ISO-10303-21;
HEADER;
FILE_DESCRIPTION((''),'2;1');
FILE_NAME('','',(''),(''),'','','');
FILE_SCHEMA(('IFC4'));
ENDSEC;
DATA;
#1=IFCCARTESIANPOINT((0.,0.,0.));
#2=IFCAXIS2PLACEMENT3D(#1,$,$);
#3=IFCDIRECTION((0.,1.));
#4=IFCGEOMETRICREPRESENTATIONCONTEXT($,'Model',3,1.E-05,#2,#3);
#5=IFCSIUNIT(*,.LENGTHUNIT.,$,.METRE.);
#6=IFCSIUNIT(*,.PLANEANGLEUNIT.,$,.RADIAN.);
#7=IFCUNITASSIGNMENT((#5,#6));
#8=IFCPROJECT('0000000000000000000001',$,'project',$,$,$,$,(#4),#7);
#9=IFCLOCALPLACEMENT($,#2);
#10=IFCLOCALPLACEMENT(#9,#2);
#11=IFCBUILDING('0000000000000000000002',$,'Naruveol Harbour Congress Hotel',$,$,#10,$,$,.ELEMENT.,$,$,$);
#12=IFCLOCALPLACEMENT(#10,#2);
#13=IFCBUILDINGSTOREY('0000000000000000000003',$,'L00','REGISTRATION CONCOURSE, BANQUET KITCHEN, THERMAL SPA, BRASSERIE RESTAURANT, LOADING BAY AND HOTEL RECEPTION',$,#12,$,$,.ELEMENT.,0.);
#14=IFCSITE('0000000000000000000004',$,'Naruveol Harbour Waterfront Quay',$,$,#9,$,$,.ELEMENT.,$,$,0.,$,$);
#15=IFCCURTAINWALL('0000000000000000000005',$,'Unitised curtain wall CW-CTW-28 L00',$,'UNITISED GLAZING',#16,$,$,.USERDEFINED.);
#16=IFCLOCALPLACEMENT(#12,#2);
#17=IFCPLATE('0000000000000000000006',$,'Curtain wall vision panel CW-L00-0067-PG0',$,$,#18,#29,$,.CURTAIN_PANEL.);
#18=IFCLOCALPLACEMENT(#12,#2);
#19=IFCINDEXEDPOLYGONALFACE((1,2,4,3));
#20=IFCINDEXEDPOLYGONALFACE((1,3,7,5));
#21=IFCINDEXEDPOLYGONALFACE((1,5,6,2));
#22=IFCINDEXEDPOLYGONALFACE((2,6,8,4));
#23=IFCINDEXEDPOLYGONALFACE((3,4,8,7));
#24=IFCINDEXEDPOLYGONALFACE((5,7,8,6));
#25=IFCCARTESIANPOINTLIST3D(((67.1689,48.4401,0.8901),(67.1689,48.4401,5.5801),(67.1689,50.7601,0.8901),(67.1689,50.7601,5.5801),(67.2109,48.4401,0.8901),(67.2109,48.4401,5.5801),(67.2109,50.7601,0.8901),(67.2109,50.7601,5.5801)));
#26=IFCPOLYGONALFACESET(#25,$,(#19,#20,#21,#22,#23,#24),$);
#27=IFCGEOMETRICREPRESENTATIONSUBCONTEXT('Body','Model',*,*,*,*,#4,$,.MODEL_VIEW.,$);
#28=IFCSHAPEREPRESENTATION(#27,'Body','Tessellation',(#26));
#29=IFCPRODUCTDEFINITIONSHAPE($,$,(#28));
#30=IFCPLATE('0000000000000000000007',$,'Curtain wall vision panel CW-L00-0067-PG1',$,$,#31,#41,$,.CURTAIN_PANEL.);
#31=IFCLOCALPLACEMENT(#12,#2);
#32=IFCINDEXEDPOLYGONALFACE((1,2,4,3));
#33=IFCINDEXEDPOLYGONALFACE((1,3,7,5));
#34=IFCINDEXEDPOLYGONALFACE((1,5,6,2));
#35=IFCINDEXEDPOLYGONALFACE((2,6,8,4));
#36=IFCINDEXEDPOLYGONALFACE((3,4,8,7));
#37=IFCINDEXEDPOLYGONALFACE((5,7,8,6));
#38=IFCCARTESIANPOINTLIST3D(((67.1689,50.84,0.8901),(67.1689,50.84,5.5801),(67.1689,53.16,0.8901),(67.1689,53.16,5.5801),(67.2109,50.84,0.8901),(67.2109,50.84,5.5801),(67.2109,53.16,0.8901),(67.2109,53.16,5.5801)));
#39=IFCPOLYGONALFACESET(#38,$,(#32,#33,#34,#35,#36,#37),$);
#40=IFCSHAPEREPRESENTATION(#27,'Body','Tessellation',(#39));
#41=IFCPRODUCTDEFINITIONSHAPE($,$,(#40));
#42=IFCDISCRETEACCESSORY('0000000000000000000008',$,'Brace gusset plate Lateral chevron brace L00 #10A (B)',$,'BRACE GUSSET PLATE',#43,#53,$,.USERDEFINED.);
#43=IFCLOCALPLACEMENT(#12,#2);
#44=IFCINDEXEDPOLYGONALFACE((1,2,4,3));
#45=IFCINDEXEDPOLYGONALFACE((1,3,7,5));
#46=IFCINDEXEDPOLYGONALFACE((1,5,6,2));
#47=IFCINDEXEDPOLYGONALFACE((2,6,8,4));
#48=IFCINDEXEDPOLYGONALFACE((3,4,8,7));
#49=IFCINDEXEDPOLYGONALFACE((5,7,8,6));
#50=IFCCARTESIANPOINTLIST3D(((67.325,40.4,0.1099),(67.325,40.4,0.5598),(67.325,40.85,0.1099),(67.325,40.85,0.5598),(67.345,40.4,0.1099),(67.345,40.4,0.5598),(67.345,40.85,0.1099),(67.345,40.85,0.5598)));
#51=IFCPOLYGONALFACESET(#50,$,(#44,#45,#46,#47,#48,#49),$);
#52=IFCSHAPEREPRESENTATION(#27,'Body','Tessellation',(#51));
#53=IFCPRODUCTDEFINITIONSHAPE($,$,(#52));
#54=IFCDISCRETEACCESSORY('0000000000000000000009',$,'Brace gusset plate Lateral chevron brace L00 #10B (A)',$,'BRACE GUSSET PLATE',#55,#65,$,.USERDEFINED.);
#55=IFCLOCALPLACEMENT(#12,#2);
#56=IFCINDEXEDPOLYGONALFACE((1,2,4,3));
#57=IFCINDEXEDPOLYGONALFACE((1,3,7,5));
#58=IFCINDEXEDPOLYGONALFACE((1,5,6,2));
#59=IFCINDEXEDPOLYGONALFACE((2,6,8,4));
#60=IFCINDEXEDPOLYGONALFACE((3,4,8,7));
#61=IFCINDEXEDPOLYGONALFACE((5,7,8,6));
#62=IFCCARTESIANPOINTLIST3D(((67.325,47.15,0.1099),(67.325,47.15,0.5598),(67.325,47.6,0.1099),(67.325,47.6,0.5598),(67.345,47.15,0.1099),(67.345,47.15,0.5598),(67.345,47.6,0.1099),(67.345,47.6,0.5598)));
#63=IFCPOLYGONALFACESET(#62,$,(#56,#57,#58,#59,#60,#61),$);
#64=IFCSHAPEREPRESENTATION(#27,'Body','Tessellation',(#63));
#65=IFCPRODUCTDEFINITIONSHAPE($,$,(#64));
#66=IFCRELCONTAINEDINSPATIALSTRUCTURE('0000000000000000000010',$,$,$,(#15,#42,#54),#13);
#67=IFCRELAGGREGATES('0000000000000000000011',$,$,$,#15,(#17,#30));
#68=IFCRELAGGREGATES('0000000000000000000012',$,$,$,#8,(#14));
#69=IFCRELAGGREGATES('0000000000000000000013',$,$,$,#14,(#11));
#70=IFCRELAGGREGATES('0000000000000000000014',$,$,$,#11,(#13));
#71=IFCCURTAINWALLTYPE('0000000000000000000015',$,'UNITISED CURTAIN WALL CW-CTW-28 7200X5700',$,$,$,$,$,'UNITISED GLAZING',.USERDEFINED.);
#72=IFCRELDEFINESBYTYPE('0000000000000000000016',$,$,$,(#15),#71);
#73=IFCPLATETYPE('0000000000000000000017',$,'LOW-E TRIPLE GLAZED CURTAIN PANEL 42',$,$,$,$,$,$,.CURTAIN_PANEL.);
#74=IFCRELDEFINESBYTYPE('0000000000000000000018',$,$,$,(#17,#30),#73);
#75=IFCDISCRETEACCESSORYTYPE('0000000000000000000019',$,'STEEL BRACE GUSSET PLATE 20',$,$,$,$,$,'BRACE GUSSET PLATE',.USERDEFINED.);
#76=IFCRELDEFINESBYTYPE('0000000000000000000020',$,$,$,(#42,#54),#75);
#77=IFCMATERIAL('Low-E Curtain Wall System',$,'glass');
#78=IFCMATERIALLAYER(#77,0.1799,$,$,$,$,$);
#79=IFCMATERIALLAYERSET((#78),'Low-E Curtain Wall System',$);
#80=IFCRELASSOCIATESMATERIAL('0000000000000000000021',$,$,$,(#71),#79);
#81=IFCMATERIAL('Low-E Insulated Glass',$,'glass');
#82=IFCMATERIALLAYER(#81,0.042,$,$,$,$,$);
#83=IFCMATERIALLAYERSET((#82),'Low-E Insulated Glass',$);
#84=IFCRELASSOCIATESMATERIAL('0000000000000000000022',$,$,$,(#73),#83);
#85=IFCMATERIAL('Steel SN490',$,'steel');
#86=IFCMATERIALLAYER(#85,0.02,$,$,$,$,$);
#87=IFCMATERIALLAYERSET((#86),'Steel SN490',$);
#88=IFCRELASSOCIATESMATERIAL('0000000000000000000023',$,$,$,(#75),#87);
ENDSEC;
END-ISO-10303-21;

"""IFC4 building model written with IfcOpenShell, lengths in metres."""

from ifc_helpers import new_model, si_unit, direction, frame, origin, origin_2d, place, context, subcontext, project, spatial, rectangle, extrude, material, layer, layer_set, type_object, element, aggregate, save


model = new_model("IFC4")

# Units and contexts
model_context = context("Model", 3, precision=1e-05, world=origin(), true_north=direction((0.0, 1.0)))
body_context = subcontext(model_context, "Body", "Model", "MODEL_VIEW")
ifc_project = project(units=[si_unit("LENGTHUNIT", "METRE"), si_unit("PLANEANGLEUNIT", "RADIAN")], contexts=[model_context])

# Site, building, storey
site_placement = place(None, origin())
site = spatial("IfcSite", under=ifc_project, at=site_placement, Name="Naruveol Harbour Waterfront Quay", CompositionType="ELEMENT", RefElevation=0.0)
building_placement = place(site_placement, origin())
building = spatial("IfcBuilding", under=site, at=building_placement, Name="Naruveol Harbour Congress Hotel", CompositionType="ELEMENT")
storey_placement = place(building_placement, origin())
storey = spatial("IfcBuildingStorey", under=building, at=storey_placement, Name="L00", Description="REGISTRATION CONCOURSE, BANQUET KITCHEN, THERMAL SPA, BRASSERIE RESTAURANT, LOADING BAY AND HOTEL RECEPTION", CompositionType="ELEMENT", Elevation=0.0)

# Curtain wall
ifc_material_1 = material(Name="Low-E Curtain Wall System", Category="glass")
ifc_layer_1 = layer(ifc_material_1, 0.1799)
ifc_layer_set_1 = layer_set([ifc_layer_1], Name="Low-E Curtain Wall System")
curtain_wall_type = type_object("IfcCurtainWallType", Name="UNITISED CURTAIN WALL CW-CTW-28 7200X5700", ElementType="UNITISED GLAZING", PredefinedType="USERDEFINED", material=ifc_layer_set_1)
curtain_wall_1_placement = place(storey_placement, origin())
curtain_wall_1 = element("IfcCurtainWall", 1, at=curtain_wall_1_placement, inside=storey, type_object=curtain_wall_type, Name="Unitised curtain wall CW-CTW-28 L00", ObjectType="UNITISED GLAZING", PredefinedType="USERDEFINED")

# Plates
ifc_material_2 = material(Name="Low-E Insulated Glass", Category="glass")
ifc_layer_2 = layer(ifc_material_2, 0.042)
ifc_layer_set_2 = layer_set([ifc_layer_2], Name="Low-E Insulated Glass")
plate_type_1 = type_object("IfcPlateType", Name="LOW-E TRIPLE GLAZED CURTAIN PANEL 42", PredefinedType="CURTAIN_PANEL", material=ifc_layer_set_2)
plate_1_placement = place(storey_placement, frame((67.1899, 49.6001, 0.8901), z_axis=(0.0, 0.0, 1.0), x_axis=(0.0, 1.0, 0.0)))
plate_1 = element("IfcPlate", 2, at=plate_1_placement, type_object=plate_type_1, Name="Curtain wall vision panel CW-L00-0067-PG0", PredefinedType="CURTAIN_PANEL", context=body_context, shape_type="SweptSolid", body=[
    extrude(rectangle(XDim=2.3201, YDim=0.042, at=origin_2d()), origin(), (0.0, 0.0, 1.0), 4.6899),
])
plate_2_placement = place(storey_placement, frame((67.1899, 52.0, 0.8901), z_axis=(0.0, 0.0, 1.0), x_axis=(0.0, 1.0, 0.0)))
plate_2 = element("IfcPlate", 3, at=plate_2_placement, type_object=plate_type_1, Name="Curtain wall vision panel CW-L00-0067-PG1", PredefinedType="CURTAIN_PANEL", context=body_context, shape_type="SweptSolid", body=[
    extrude(rectangle(XDim=2.3201, YDim=0.042, at=origin_2d()), origin(), (0.0, 0.0, 1.0), 4.6899),
])
aggregate(curtain_wall_1, [plate_1, plate_2])

# Discrete accessories
ifc_material_3 = material(Name="Steel SN490", Category="steel")
ifc_layer_3 = layer(ifc_material_3, 0.02)
ifc_layer_set_3 = layer_set([ifc_layer_3], Name="Steel SN490")
discrete_accessory_type = type_object("IfcDiscreteAccessoryType", Name="STEEL BRACE GUSSET PLATE 20", ElementType="BRACE GUSSET PLATE", PredefinedType="USERDEFINED", material=ifc_layer_set_3)
for number, where, z_axis, x_axis, name in (
    (4, (67.335, 40.625, 0.1099), (0.0, 0.0, 1.0), (0.0, 1.0, 0.0), "Brace gusset plate Lateral chevron brace L00 #10A (B)"),
    (5, (67.335, 47.375, 0.1099), (0.0, 0.0, 1.0), (0.0, -1.0, 0.0), "Brace gusset plate Lateral chevron brace L00 #10B (A)"),
):
    element("IfcDiscreteAccessory", number, at=place(storey_placement, frame(where, z_axis=z_axis, x_axis=x_axis)), inside=storey, type_object=discrete_accessory_type, Name=name, ObjectType="BRACE GUSSET PLATE", PredefinedType="USERDEFINED", context=body_context, shape_type="SweptSolid", body=[
        extrude(rectangle(XDim=0.45, YDim=0.02, at=origin_2d()), origin(), (0.0, 0.0, 1.0), 0.45),
    ])

save(model, "model.ifc")
